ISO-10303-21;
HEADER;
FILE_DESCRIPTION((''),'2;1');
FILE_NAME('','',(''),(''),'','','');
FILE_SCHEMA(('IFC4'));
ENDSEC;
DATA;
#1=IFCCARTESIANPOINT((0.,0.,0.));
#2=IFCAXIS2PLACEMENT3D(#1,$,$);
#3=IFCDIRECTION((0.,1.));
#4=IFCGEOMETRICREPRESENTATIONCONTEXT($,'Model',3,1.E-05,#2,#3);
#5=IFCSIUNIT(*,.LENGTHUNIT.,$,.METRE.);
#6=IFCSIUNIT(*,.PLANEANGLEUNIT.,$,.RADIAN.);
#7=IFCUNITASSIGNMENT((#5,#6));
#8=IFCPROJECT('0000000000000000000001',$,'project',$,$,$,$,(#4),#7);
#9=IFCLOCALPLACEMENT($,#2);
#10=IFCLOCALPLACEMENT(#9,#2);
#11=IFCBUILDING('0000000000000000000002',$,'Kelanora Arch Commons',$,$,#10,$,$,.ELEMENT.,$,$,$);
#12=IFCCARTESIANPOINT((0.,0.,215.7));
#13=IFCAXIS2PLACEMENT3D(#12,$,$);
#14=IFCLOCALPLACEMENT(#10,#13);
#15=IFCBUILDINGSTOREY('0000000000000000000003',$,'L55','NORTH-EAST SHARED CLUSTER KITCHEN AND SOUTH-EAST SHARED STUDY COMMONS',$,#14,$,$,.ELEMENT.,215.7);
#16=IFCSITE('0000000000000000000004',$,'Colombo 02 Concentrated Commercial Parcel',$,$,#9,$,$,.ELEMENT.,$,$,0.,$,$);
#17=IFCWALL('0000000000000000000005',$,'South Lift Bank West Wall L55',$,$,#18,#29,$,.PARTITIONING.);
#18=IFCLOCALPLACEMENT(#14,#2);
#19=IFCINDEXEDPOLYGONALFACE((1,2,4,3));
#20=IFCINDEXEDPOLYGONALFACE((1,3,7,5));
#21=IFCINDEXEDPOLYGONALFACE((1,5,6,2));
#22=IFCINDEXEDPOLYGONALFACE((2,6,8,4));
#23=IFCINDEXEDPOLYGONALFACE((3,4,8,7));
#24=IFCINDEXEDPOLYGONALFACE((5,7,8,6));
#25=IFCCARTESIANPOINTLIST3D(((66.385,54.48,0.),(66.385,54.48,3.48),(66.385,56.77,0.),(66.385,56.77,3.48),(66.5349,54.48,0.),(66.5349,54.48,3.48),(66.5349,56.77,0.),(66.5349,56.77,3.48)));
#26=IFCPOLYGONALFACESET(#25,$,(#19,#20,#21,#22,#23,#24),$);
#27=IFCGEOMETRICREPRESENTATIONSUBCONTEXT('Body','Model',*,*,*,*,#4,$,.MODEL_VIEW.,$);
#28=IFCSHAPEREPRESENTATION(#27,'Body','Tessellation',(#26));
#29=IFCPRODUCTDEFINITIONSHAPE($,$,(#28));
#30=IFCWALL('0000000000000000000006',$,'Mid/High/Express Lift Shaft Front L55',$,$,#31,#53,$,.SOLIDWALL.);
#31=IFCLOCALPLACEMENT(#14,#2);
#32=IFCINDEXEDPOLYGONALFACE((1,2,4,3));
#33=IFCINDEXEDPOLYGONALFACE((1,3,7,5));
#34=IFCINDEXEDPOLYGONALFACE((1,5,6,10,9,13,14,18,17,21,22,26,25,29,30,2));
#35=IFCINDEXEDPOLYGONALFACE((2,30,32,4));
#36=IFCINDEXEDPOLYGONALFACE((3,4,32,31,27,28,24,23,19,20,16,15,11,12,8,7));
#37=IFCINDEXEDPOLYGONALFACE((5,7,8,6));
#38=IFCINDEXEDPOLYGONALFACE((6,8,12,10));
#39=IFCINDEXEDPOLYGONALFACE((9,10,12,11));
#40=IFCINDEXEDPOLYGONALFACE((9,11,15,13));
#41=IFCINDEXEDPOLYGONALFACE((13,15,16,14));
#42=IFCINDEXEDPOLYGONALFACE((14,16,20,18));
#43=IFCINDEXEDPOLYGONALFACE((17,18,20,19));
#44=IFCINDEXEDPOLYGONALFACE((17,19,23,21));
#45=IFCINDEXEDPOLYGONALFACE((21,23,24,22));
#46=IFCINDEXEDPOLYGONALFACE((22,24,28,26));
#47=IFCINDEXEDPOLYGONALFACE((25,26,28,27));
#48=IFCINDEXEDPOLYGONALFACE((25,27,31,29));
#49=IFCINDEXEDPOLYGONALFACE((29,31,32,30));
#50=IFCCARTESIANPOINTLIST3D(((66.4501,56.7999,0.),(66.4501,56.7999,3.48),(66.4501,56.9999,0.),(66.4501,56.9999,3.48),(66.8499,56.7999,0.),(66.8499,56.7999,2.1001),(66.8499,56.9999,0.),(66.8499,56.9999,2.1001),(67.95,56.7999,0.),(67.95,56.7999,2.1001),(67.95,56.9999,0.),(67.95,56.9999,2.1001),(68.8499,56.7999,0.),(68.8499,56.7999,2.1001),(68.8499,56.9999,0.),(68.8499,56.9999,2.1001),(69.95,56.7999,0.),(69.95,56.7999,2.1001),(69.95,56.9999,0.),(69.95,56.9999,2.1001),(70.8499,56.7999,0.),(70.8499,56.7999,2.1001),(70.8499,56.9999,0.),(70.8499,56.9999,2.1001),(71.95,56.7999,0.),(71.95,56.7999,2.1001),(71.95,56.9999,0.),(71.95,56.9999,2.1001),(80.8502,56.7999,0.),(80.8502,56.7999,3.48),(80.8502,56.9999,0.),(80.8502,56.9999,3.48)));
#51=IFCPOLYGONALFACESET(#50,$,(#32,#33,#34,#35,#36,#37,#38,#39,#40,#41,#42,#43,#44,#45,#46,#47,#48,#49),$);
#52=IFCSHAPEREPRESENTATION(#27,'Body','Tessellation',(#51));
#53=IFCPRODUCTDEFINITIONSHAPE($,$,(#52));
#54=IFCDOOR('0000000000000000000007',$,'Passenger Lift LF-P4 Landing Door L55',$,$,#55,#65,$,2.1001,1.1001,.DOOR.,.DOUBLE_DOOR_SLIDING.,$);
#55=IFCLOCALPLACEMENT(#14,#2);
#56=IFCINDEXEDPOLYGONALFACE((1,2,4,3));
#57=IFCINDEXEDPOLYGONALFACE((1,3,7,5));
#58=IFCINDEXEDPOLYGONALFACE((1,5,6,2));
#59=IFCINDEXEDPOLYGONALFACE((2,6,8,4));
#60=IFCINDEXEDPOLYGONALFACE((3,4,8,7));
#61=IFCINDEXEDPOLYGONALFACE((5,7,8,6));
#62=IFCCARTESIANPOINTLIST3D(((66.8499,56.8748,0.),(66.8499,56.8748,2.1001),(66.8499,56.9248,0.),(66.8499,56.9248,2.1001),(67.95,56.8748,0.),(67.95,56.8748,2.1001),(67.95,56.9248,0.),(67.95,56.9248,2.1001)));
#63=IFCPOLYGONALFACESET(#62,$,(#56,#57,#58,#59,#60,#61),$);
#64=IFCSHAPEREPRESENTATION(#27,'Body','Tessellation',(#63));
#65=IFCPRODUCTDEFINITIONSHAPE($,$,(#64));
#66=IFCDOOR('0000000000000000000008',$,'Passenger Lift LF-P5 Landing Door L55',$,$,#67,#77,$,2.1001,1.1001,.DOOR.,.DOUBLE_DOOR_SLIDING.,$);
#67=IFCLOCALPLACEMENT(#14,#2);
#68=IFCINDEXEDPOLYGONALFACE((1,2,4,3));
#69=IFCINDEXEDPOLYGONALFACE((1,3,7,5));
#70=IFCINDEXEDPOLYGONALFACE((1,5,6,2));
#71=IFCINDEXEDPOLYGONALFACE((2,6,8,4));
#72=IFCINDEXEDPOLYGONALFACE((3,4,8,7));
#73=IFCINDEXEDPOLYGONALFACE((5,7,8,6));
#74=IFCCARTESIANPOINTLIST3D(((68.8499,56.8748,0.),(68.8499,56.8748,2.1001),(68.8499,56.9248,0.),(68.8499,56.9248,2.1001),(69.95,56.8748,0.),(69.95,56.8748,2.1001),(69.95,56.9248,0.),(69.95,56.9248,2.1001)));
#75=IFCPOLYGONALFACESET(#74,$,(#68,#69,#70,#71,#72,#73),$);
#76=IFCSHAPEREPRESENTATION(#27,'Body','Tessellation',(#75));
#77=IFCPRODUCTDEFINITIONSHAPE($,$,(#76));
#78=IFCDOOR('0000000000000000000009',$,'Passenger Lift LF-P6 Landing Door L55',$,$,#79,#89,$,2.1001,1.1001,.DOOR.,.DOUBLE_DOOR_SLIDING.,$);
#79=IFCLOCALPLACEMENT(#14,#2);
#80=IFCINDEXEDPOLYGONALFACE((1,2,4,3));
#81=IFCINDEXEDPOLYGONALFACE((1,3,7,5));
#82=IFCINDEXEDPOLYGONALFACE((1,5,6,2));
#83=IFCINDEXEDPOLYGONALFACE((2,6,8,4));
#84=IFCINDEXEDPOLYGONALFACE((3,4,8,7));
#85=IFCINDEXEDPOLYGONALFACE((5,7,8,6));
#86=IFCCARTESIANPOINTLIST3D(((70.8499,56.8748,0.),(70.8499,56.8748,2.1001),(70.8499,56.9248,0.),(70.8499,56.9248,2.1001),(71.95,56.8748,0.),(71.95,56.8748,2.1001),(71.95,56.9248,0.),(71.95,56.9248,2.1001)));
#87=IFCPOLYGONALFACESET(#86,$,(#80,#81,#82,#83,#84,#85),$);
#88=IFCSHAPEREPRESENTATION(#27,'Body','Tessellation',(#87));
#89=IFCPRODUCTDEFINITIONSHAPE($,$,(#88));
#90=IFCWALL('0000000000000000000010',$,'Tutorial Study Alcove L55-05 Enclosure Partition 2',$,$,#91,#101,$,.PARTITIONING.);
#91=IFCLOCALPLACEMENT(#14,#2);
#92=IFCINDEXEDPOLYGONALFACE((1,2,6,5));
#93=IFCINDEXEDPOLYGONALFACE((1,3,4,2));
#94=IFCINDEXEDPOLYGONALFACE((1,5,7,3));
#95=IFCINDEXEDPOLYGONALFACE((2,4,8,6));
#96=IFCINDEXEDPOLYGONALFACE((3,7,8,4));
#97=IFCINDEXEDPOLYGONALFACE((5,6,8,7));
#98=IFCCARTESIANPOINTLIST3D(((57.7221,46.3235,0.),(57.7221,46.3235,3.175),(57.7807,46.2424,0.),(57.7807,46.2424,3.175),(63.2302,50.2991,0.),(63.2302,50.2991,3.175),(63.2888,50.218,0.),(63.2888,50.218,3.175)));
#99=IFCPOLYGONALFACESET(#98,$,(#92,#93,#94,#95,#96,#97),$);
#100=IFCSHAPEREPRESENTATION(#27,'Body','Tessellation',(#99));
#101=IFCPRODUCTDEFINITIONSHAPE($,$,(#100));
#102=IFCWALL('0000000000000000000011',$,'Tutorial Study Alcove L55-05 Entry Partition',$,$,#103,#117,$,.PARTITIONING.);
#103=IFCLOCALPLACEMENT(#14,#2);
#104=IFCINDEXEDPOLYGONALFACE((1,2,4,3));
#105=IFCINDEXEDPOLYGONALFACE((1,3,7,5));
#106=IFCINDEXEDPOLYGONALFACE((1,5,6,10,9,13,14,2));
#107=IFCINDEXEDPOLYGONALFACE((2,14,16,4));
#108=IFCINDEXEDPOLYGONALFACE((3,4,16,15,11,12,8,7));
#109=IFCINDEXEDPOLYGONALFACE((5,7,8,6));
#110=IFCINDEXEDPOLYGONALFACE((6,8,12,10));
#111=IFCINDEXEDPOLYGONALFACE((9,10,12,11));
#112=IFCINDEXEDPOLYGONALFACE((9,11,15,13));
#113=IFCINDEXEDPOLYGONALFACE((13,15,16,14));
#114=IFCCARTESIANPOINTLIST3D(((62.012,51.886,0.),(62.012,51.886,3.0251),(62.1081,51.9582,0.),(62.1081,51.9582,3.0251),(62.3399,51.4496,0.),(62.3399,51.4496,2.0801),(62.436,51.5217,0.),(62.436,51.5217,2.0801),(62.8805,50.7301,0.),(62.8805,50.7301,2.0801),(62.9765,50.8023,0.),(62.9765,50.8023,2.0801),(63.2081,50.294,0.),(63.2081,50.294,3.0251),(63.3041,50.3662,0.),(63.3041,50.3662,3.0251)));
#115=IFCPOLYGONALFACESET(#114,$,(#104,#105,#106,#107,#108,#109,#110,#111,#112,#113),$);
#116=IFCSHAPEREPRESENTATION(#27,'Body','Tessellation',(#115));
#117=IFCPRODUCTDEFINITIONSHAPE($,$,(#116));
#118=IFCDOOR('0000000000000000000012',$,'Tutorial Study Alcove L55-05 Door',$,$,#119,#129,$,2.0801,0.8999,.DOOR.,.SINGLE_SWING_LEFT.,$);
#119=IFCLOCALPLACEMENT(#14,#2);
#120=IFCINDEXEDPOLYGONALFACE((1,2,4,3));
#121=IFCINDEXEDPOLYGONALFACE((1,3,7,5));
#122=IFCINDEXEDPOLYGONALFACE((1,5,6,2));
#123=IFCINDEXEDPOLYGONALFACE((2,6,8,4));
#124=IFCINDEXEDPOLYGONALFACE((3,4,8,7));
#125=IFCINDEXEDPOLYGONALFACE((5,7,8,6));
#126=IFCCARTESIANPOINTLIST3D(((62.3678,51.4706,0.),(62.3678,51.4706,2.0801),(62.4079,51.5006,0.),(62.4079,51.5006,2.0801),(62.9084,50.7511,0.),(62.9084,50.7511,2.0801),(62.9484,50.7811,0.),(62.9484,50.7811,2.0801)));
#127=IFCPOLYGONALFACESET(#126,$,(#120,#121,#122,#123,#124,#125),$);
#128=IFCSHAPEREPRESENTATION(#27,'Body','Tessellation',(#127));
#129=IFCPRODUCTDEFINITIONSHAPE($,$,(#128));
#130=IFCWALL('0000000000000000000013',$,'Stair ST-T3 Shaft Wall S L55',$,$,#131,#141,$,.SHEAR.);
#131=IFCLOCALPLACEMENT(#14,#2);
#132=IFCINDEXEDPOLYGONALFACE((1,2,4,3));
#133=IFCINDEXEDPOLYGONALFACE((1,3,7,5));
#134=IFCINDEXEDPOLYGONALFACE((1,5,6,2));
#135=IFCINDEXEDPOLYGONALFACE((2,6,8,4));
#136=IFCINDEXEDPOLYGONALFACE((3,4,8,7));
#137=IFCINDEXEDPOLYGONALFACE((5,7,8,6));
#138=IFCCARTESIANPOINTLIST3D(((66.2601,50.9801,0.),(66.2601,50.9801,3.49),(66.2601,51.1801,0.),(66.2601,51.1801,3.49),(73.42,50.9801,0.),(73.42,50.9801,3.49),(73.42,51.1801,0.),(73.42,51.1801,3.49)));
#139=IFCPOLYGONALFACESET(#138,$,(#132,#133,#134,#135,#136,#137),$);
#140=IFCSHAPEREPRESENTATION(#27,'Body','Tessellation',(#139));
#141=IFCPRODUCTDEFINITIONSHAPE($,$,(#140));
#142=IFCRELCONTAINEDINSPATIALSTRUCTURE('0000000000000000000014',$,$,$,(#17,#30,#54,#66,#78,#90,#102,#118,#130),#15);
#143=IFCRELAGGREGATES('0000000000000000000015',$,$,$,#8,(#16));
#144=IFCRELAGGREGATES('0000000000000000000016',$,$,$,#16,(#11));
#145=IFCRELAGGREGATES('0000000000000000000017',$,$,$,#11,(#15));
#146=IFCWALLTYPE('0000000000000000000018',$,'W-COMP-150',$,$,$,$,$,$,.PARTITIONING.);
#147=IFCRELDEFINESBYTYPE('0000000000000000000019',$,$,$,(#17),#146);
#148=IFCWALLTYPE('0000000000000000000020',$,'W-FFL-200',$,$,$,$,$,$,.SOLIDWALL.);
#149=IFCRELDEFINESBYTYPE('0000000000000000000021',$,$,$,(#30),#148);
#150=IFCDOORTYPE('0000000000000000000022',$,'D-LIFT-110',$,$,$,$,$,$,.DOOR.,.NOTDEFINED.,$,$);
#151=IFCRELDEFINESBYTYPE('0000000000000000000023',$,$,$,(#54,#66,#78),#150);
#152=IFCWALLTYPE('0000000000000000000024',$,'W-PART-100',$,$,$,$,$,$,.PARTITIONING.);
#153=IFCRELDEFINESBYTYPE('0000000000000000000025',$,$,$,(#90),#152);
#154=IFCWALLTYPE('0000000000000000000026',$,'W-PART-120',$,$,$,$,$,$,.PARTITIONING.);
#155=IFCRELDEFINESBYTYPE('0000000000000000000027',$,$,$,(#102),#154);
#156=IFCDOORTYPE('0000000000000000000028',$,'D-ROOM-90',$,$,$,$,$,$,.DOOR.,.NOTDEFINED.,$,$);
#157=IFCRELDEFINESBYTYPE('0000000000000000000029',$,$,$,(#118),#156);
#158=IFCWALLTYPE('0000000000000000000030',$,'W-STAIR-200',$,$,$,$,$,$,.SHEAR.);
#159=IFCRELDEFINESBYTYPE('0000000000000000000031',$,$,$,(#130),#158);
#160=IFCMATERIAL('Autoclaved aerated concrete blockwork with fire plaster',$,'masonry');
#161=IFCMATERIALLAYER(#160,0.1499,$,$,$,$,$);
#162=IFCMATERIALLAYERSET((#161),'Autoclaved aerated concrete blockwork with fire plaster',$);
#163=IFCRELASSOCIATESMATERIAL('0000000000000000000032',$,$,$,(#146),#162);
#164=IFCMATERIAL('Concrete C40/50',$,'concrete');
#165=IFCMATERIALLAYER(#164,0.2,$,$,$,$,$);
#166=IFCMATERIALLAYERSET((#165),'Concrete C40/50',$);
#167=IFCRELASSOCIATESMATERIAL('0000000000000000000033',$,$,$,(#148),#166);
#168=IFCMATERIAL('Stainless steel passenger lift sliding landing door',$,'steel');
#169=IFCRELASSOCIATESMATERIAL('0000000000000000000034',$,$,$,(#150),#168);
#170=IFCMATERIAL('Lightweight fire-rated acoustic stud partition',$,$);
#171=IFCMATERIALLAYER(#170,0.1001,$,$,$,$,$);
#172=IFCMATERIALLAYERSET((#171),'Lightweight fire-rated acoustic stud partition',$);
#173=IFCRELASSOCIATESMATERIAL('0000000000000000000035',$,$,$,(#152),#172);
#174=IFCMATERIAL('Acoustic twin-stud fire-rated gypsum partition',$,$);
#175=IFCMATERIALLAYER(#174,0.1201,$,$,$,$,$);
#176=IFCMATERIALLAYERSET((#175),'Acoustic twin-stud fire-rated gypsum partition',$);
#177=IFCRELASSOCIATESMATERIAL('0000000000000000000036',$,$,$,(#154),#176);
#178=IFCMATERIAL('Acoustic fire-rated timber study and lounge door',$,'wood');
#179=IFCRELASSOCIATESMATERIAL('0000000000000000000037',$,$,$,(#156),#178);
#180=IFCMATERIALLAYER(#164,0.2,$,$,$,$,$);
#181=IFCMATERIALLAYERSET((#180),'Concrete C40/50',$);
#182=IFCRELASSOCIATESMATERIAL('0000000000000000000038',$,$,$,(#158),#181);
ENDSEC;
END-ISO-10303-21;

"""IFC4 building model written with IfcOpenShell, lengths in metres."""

from ifc_helpers import new_model, si_unit, direction, frame, frame_2d, origin, place, context, subcontext, project, spatial, rectangle, extrude, material, layer, layer_set, type_object, element, fill, save


model = new_model("IFC4")

# Units and contexts
model_context = context("Model", 3, precision=1e-05, world=origin(), true_north=direction((0.0, 1.0)))
body_context = subcontext(model_context, "Body", "Model", "MODEL_VIEW")
ifc_project = project(units=[si_unit("LENGTHUNIT", "METRE"), si_unit("PLANEANGLEUNIT", "RADIAN")], contexts=[model_context])

# Site, building, storey
site_placement = place(None, origin())
site = spatial("IfcSite", under=ifc_project, at=site_placement, Name="Colombo 02 Concentrated Commercial Parcel", CompositionType="ELEMENT", RefElevation=0.0)
building_placement = place(site_placement, origin())
building = spatial("IfcBuilding", under=site, at=building_placement, Name="Kelanora Arch Commons", CompositionType="ELEMENT")
storey_placement = place(building_placement, frame((0.0, 0.0, 215.7)))
storey = spatial("IfcBuildingStorey", under=building, at=storey_placement, Name="L55", Description="NORTH-EAST SHARED CLUSTER KITCHEN AND SOUTH-EAST SHARED STUDY COMMONS", CompositionType="ELEMENT", Elevation=215.7)

# Wall
ifc_material_1 = material(Name="Autoclaved aerated concrete blockwork with fire plaster", Category="masonry")
ifc_layer_1 = layer(ifc_material_1, 0.1499)
ifc_layer_set_1 = layer_set([ifc_layer_1], Name="Autoclaved aerated concrete blockwork with fire plaster")
wall_type_1 = type_object("IfcWallType", Name="W-COMP-150", PredefinedType="PARTITIONING", material=ifc_layer_set_1)
wall_1_placement = place(storey_placement, frame((66.46, 54.48, 0.0), z_axis=(0.0, 0.0, 1.0), x_axis=(0.0, 1.0, 0.0)))
element("IfcWall", 1, at=wall_1_placement, inside=storey, type_object=wall_type_1, Name="South Lift Bank West Wall L55", PredefinedType="PARTITIONING", context=body_context, shape_type="SweptSolid", body=[
    extrude(rectangle(XDim=2.29, YDim=0.1499, at=frame_2d((1.145, 0.0))), origin(), (0.0, 0.0, 1.0), 3.48),
])

# Wall, openings, doors
ifc_material_2 = material(Name="Concrete C40/50", Category="concrete")
ifc_layer_2 = layer(ifc_material_2, 0.2)
ifc_layer_set_2 = layer_set([ifc_layer_2], Name="Concrete C40/50")
wall_type_2 = type_object("IfcWallType", Name="W-FFL-200", PredefinedType="SOLIDWALL", material=ifc_layer_set_2)
wall_2_placement = place(storey_placement, frame((66.45, 56.8999, 0.0), z_axis=(0.0, 0.0, 1.0), x_axis=(1.0, 0.0, 0.0)))
wall_2 = element("IfcWall", 2, at=wall_2_placement, inside=storey, type_object=wall_type_2, Name="Mid/High/Express Lift Shaft Front L55", PredefinedType="SOLIDWALL", context=body_context, shape_type="SweptSolid", body=[
    extrude(rectangle(XDim=14.4001, YDim=0.2, at=frame_2d((7.2002, 0.0))), origin(), (0.0, 0.0, 1.0), 3.48),
])
opening_1_placement = place(wall_2_placement, frame((0.3999, 0.0, 0.0)))
opening_1 = element("IfcOpeningElement", 3, at=opening_1_placement, cuts=wall_2, PredefinedType="OPENING", context=body_context, shape_type="SweptSolid", body=[
    extrude(rectangle(XDim=1.1001, YDim=2.1001, at=frame_2d((0.55, 1.05))), frame((0.0, 0.1099, 0.0), z_axis=(0.0, -1.0, 0.0), x_axis=(1.0, 0.0, 0.0)), (0.0, 0.0, 1.0), 0.22),
])
opening_2_placement = place(wall_2_placement, frame((2.3999, 0.0, 0.0)))
opening_2 = element("IfcOpeningElement", 4, at=opening_2_placement, cuts=wall_2, PredefinedType="OPENING", context=body_context, shape_type="SweptSolid", body=[
    extrude(rectangle(XDim=1.1001, YDim=2.1001, at=frame_2d((0.55, 1.05))), frame((0.0, 0.1099, 0.0), z_axis=(0.0, -1.0, 0.0), x_axis=(1.0, 0.0, 0.0)), (0.0, 0.0, 1.0), 0.22),
])
opening_3_placement = place(wall_2_placement, frame((4.3999, 0.0, 0.0)))
opening_3 = element("IfcOpeningElement", 5, at=opening_3_placement, cuts=wall_2, PredefinedType="OPENING", context=body_context, shape_type="SweptSolid", body=[
    extrude(rectangle(XDim=1.1001, YDim=2.1001, at=frame_2d((0.55, 1.05))), frame((0.0, 0.1099, 0.0), z_axis=(0.0, -1.0, 0.0), x_axis=(1.0, 0.0, 0.0)), (0.0, 0.0, 1.0), 0.22),
])
ifc_material_3 = material(Name="Stainless steel passenger lift sliding landing door", Category="steel")
door_type_1 = type_object("IfcDoorType", Name="D-LIFT-110", OperationType="NOTDEFINED", PredefinedType="DOOR", material=ifc_material_3)
door_1_placement = place(opening_1_placement, origin())
door_1 = element("IfcDoor", 6, at=door_1_placement, inside=storey, type_object=door_type_1, Name="Passenger Lift LF-P4 Landing Door L55", OperationType="DOUBLE_DOOR_SLIDING", OverallHeight=2.1001, OverallWidth=1.1001, PredefinedType="DOOR", context=body_context, shape_type="SweptSolid", body=[
    extrude(rectangle(XDim=1.1001, YDim=2.1001, at=frame_2d((0.55, 1.05))), frame((0.0, 0.0249, 0.0), z_axis=(0.0, -1.0, 0.0), x_axis=(1.0, 0.0, 0.0)), (0.0, 0.0, 1.0), 0.05),
])
fill(opening_1, door_1)
door_2_placement = place(opening_2_placement, origin())
door_2 = element("IfcDoor", 7, at=door_2_placement, inside=storey, type_object=door_type_1, Name="Passenger Lift LF-P5 Landing Door L55", OperationType="DOUBLE_DOOR_SLIDING", OverallHeight=2.1001, OverallWidth=1.1001, PredefinedType="DOOR", context=body_context, shape_type="SweptSolid", body=[
    extrude(rectangle(XDim=1.1001, YDim=2.1001, at=frame_2d((0.55, 1.05))), frame((0.0, 0.0249, 0.0), z_axis=(0.0, -1.0, 0.0), x_axis=(1.0, 0.0, 0.0)), (0.0, 0.0, 1.0), 0.05),
])
fill(opening_2, door_2)
door_3_placement = place(opening_3_placement, origin())
door_3 = element("IfcDoor", 8, at=door_3_placement, inside=storey, type_object=door_type_1, Name="Passenger Lift LF-P6 Landing Door L55", OperationType="DOUBLE_DOOR_SLIDING", OverallHeight=2.1001, OverallWidth=1.1001, PredefinedType="DOOR", context=body_context, shape_type="SweptSolid", body=[
    extrude(rectangle(XDim=1.1001, YDim=2.1001, at=frame_2d((0.55, 1.05))), frame((0.0, 0.0249, 0.0), z_axis=(0.0, -1.0, 0.0), x_axis=(1.0, 0.0, 0.0)), (0.0, 0.0, 1.0), 0.05),
])
fill(opening_3, door_3)

# Wall
ifc_material_4 = material(Name="Lightweight fire-rated acoustic stud partition")
ifc_layer_3 = layer(ifc_material_4, 0.1001)
ifc_layer_set_3 = layer_set([ifc_layer_3], Name="Lightweight fire-rated acoustic stud partition")
wall_type_3 = type_object("IfcWallType", Name="W-PART-100", PredefinedType="PARTITIONING", material=ifc_layer_set_3)
wall_3_placement = place(storey_placement, frame((63.2595, 50.2585, 0.0), z_axis=(0.0, 0.0, 1.0), x_axis=(-0.810851, -0.585253, 0.0)))
element("IfcWall", 9, at=wall_3_placement, inside=storey, type_object=wall_type_3, Name="Tutorial Study Alcove L55-05 Enclosure Partition 2", PredefinedType="PARTITIONING", context=body_context, shape_type="SweptSolid", body=[
    extrude(rectangle(XDim=6.793, YDim=0.1001, at=frame_2d((3.3965, 0.0))), origin(), (0.0, 0.0, 1.0), 3.175),
])

# Wall, opening, door
ifc_material_5 = material(Name="Acoustic twin-stud fire-rated gypsum partition")
ifc_layer_4 = layer(ifc_material_5, 0.1201)
ifc_layer_set_4 = layer_set([ifc_layer_4], Name="Acoustic twin-stud fire-rated gypsum partition")
wall_type_4 = type_object("IfcWallType", Name="W-PART-120", PredefinedType="PARTITIONING", material=ifc_layer_set_4)
wall_4_placement = place(storey_placement, frame((62.0601, 51.9221, 0.0), z_axis=(0.0, 0.0, 1.0), x_axis=(0.600647, -0.799514, 0.0)))
wall_4 = element("IfcWall", 10, at=wall_4_placement, inside=storey, type_object=wall_type_4, Name="Tutorial Study Alcove L55-05 Entry Partition", PredefinedType="PARTITIONING", context=body_context, shape_type="SweptSolid", body=[
    extrude(rectangle(XDim=1.9912, YDim=0.1201, at=frame_2d((0.9956, 0.0))), origin(), (0.0, 0.0, 1.0), 3.0251),
])
opening_4_placement = place(wall_4_placement, frame((0.5459, 0.0, 0.0)))
opening_4 = element("IfcOpeningElement", 11, at=opening_4_placement, cuts=wall_4, PredefinedType="OPENING", context=body_context, shape_type="SweptSolid", body=[
    extrude(rectangle(XDim=0.8999, YDim=2.0801, at=frame_2d((0.45, 1.04))), frame((0.0, 0.0701, 0.0), z_axis=(0.0, -1.0, 0.0), x_axis=(1.0, 0.0, 0.0)), (0.0, 0.0, 1.0), 0.1401),
])
ifc_material_6 = material(Name="Acoustic fire-rated timber study and lounge door", Category="wood")
door_type_2 = type_object("IfcDoorType", Name="D-ROOM-90", OperationType="NOTDEFINED", PredefinedType="DOOR", material=ifc_material_6)
door_4_placement = place(opening_4_placement, origin())
door_4 = element("IfcDoor", 12, at=door_4_placement, inside=storey, type_object=door_type_2, Name="Tutorial Study Alcove L55-05 Door", OperationType="SINGLE_SWING_LEFT", OverallHeight=2.0801, OverallWidth=0.8999, PredefinedType="DOOR", context=body_context, shape_type="SweptSolid", body=[
    extrude(rectangle(XDim=0.8999, YDim=2.0801, at=frame_2d((0.45, 1.04))), frame((0.0, 0.0249, 0.0), z_axis=(0.0, -1.0, 0.0), x_axis=(1.0, 0.0, 0.0)), (0.0, 0.0, 1.0), 0.05),
])
fill(opening_4, door_4)

# Wall
ifc_layer_5 = layer(ifc_material_2, 0.2)
ifc_layer_set_5 = layer_set([ifc_layer_5], Name="Concrete C40/50")
wall_type_5 = type_object("IfcWallType", Name="W-STAIR-200", PredefinedType="SHEAR", material=ifc_layer_set_5)
wall_5_placement = place(storey_placement, frame((66.26, 51.0801, 0.0), z_axis=(0.0, 0.0, 1.0), x_axis=(1.0, 0.0, 0.0)))
element("IfcWall", 13, at=wall_5_placement, inside=storey, type_object=wall_type_5, Name="Stair ST-T3 Shaft Wall S L55", PredefinedType="SHEAR", context=body_context, shape_type="SweptSolid", body=[
    extrude(rectangle(XDim=7.1599, YDim=0.2, at=frame_2d((3.5801, 0.0))), origin(), (0.0, 0.0, 1.0), 3.49),
])

save(model, "model.ifc")
